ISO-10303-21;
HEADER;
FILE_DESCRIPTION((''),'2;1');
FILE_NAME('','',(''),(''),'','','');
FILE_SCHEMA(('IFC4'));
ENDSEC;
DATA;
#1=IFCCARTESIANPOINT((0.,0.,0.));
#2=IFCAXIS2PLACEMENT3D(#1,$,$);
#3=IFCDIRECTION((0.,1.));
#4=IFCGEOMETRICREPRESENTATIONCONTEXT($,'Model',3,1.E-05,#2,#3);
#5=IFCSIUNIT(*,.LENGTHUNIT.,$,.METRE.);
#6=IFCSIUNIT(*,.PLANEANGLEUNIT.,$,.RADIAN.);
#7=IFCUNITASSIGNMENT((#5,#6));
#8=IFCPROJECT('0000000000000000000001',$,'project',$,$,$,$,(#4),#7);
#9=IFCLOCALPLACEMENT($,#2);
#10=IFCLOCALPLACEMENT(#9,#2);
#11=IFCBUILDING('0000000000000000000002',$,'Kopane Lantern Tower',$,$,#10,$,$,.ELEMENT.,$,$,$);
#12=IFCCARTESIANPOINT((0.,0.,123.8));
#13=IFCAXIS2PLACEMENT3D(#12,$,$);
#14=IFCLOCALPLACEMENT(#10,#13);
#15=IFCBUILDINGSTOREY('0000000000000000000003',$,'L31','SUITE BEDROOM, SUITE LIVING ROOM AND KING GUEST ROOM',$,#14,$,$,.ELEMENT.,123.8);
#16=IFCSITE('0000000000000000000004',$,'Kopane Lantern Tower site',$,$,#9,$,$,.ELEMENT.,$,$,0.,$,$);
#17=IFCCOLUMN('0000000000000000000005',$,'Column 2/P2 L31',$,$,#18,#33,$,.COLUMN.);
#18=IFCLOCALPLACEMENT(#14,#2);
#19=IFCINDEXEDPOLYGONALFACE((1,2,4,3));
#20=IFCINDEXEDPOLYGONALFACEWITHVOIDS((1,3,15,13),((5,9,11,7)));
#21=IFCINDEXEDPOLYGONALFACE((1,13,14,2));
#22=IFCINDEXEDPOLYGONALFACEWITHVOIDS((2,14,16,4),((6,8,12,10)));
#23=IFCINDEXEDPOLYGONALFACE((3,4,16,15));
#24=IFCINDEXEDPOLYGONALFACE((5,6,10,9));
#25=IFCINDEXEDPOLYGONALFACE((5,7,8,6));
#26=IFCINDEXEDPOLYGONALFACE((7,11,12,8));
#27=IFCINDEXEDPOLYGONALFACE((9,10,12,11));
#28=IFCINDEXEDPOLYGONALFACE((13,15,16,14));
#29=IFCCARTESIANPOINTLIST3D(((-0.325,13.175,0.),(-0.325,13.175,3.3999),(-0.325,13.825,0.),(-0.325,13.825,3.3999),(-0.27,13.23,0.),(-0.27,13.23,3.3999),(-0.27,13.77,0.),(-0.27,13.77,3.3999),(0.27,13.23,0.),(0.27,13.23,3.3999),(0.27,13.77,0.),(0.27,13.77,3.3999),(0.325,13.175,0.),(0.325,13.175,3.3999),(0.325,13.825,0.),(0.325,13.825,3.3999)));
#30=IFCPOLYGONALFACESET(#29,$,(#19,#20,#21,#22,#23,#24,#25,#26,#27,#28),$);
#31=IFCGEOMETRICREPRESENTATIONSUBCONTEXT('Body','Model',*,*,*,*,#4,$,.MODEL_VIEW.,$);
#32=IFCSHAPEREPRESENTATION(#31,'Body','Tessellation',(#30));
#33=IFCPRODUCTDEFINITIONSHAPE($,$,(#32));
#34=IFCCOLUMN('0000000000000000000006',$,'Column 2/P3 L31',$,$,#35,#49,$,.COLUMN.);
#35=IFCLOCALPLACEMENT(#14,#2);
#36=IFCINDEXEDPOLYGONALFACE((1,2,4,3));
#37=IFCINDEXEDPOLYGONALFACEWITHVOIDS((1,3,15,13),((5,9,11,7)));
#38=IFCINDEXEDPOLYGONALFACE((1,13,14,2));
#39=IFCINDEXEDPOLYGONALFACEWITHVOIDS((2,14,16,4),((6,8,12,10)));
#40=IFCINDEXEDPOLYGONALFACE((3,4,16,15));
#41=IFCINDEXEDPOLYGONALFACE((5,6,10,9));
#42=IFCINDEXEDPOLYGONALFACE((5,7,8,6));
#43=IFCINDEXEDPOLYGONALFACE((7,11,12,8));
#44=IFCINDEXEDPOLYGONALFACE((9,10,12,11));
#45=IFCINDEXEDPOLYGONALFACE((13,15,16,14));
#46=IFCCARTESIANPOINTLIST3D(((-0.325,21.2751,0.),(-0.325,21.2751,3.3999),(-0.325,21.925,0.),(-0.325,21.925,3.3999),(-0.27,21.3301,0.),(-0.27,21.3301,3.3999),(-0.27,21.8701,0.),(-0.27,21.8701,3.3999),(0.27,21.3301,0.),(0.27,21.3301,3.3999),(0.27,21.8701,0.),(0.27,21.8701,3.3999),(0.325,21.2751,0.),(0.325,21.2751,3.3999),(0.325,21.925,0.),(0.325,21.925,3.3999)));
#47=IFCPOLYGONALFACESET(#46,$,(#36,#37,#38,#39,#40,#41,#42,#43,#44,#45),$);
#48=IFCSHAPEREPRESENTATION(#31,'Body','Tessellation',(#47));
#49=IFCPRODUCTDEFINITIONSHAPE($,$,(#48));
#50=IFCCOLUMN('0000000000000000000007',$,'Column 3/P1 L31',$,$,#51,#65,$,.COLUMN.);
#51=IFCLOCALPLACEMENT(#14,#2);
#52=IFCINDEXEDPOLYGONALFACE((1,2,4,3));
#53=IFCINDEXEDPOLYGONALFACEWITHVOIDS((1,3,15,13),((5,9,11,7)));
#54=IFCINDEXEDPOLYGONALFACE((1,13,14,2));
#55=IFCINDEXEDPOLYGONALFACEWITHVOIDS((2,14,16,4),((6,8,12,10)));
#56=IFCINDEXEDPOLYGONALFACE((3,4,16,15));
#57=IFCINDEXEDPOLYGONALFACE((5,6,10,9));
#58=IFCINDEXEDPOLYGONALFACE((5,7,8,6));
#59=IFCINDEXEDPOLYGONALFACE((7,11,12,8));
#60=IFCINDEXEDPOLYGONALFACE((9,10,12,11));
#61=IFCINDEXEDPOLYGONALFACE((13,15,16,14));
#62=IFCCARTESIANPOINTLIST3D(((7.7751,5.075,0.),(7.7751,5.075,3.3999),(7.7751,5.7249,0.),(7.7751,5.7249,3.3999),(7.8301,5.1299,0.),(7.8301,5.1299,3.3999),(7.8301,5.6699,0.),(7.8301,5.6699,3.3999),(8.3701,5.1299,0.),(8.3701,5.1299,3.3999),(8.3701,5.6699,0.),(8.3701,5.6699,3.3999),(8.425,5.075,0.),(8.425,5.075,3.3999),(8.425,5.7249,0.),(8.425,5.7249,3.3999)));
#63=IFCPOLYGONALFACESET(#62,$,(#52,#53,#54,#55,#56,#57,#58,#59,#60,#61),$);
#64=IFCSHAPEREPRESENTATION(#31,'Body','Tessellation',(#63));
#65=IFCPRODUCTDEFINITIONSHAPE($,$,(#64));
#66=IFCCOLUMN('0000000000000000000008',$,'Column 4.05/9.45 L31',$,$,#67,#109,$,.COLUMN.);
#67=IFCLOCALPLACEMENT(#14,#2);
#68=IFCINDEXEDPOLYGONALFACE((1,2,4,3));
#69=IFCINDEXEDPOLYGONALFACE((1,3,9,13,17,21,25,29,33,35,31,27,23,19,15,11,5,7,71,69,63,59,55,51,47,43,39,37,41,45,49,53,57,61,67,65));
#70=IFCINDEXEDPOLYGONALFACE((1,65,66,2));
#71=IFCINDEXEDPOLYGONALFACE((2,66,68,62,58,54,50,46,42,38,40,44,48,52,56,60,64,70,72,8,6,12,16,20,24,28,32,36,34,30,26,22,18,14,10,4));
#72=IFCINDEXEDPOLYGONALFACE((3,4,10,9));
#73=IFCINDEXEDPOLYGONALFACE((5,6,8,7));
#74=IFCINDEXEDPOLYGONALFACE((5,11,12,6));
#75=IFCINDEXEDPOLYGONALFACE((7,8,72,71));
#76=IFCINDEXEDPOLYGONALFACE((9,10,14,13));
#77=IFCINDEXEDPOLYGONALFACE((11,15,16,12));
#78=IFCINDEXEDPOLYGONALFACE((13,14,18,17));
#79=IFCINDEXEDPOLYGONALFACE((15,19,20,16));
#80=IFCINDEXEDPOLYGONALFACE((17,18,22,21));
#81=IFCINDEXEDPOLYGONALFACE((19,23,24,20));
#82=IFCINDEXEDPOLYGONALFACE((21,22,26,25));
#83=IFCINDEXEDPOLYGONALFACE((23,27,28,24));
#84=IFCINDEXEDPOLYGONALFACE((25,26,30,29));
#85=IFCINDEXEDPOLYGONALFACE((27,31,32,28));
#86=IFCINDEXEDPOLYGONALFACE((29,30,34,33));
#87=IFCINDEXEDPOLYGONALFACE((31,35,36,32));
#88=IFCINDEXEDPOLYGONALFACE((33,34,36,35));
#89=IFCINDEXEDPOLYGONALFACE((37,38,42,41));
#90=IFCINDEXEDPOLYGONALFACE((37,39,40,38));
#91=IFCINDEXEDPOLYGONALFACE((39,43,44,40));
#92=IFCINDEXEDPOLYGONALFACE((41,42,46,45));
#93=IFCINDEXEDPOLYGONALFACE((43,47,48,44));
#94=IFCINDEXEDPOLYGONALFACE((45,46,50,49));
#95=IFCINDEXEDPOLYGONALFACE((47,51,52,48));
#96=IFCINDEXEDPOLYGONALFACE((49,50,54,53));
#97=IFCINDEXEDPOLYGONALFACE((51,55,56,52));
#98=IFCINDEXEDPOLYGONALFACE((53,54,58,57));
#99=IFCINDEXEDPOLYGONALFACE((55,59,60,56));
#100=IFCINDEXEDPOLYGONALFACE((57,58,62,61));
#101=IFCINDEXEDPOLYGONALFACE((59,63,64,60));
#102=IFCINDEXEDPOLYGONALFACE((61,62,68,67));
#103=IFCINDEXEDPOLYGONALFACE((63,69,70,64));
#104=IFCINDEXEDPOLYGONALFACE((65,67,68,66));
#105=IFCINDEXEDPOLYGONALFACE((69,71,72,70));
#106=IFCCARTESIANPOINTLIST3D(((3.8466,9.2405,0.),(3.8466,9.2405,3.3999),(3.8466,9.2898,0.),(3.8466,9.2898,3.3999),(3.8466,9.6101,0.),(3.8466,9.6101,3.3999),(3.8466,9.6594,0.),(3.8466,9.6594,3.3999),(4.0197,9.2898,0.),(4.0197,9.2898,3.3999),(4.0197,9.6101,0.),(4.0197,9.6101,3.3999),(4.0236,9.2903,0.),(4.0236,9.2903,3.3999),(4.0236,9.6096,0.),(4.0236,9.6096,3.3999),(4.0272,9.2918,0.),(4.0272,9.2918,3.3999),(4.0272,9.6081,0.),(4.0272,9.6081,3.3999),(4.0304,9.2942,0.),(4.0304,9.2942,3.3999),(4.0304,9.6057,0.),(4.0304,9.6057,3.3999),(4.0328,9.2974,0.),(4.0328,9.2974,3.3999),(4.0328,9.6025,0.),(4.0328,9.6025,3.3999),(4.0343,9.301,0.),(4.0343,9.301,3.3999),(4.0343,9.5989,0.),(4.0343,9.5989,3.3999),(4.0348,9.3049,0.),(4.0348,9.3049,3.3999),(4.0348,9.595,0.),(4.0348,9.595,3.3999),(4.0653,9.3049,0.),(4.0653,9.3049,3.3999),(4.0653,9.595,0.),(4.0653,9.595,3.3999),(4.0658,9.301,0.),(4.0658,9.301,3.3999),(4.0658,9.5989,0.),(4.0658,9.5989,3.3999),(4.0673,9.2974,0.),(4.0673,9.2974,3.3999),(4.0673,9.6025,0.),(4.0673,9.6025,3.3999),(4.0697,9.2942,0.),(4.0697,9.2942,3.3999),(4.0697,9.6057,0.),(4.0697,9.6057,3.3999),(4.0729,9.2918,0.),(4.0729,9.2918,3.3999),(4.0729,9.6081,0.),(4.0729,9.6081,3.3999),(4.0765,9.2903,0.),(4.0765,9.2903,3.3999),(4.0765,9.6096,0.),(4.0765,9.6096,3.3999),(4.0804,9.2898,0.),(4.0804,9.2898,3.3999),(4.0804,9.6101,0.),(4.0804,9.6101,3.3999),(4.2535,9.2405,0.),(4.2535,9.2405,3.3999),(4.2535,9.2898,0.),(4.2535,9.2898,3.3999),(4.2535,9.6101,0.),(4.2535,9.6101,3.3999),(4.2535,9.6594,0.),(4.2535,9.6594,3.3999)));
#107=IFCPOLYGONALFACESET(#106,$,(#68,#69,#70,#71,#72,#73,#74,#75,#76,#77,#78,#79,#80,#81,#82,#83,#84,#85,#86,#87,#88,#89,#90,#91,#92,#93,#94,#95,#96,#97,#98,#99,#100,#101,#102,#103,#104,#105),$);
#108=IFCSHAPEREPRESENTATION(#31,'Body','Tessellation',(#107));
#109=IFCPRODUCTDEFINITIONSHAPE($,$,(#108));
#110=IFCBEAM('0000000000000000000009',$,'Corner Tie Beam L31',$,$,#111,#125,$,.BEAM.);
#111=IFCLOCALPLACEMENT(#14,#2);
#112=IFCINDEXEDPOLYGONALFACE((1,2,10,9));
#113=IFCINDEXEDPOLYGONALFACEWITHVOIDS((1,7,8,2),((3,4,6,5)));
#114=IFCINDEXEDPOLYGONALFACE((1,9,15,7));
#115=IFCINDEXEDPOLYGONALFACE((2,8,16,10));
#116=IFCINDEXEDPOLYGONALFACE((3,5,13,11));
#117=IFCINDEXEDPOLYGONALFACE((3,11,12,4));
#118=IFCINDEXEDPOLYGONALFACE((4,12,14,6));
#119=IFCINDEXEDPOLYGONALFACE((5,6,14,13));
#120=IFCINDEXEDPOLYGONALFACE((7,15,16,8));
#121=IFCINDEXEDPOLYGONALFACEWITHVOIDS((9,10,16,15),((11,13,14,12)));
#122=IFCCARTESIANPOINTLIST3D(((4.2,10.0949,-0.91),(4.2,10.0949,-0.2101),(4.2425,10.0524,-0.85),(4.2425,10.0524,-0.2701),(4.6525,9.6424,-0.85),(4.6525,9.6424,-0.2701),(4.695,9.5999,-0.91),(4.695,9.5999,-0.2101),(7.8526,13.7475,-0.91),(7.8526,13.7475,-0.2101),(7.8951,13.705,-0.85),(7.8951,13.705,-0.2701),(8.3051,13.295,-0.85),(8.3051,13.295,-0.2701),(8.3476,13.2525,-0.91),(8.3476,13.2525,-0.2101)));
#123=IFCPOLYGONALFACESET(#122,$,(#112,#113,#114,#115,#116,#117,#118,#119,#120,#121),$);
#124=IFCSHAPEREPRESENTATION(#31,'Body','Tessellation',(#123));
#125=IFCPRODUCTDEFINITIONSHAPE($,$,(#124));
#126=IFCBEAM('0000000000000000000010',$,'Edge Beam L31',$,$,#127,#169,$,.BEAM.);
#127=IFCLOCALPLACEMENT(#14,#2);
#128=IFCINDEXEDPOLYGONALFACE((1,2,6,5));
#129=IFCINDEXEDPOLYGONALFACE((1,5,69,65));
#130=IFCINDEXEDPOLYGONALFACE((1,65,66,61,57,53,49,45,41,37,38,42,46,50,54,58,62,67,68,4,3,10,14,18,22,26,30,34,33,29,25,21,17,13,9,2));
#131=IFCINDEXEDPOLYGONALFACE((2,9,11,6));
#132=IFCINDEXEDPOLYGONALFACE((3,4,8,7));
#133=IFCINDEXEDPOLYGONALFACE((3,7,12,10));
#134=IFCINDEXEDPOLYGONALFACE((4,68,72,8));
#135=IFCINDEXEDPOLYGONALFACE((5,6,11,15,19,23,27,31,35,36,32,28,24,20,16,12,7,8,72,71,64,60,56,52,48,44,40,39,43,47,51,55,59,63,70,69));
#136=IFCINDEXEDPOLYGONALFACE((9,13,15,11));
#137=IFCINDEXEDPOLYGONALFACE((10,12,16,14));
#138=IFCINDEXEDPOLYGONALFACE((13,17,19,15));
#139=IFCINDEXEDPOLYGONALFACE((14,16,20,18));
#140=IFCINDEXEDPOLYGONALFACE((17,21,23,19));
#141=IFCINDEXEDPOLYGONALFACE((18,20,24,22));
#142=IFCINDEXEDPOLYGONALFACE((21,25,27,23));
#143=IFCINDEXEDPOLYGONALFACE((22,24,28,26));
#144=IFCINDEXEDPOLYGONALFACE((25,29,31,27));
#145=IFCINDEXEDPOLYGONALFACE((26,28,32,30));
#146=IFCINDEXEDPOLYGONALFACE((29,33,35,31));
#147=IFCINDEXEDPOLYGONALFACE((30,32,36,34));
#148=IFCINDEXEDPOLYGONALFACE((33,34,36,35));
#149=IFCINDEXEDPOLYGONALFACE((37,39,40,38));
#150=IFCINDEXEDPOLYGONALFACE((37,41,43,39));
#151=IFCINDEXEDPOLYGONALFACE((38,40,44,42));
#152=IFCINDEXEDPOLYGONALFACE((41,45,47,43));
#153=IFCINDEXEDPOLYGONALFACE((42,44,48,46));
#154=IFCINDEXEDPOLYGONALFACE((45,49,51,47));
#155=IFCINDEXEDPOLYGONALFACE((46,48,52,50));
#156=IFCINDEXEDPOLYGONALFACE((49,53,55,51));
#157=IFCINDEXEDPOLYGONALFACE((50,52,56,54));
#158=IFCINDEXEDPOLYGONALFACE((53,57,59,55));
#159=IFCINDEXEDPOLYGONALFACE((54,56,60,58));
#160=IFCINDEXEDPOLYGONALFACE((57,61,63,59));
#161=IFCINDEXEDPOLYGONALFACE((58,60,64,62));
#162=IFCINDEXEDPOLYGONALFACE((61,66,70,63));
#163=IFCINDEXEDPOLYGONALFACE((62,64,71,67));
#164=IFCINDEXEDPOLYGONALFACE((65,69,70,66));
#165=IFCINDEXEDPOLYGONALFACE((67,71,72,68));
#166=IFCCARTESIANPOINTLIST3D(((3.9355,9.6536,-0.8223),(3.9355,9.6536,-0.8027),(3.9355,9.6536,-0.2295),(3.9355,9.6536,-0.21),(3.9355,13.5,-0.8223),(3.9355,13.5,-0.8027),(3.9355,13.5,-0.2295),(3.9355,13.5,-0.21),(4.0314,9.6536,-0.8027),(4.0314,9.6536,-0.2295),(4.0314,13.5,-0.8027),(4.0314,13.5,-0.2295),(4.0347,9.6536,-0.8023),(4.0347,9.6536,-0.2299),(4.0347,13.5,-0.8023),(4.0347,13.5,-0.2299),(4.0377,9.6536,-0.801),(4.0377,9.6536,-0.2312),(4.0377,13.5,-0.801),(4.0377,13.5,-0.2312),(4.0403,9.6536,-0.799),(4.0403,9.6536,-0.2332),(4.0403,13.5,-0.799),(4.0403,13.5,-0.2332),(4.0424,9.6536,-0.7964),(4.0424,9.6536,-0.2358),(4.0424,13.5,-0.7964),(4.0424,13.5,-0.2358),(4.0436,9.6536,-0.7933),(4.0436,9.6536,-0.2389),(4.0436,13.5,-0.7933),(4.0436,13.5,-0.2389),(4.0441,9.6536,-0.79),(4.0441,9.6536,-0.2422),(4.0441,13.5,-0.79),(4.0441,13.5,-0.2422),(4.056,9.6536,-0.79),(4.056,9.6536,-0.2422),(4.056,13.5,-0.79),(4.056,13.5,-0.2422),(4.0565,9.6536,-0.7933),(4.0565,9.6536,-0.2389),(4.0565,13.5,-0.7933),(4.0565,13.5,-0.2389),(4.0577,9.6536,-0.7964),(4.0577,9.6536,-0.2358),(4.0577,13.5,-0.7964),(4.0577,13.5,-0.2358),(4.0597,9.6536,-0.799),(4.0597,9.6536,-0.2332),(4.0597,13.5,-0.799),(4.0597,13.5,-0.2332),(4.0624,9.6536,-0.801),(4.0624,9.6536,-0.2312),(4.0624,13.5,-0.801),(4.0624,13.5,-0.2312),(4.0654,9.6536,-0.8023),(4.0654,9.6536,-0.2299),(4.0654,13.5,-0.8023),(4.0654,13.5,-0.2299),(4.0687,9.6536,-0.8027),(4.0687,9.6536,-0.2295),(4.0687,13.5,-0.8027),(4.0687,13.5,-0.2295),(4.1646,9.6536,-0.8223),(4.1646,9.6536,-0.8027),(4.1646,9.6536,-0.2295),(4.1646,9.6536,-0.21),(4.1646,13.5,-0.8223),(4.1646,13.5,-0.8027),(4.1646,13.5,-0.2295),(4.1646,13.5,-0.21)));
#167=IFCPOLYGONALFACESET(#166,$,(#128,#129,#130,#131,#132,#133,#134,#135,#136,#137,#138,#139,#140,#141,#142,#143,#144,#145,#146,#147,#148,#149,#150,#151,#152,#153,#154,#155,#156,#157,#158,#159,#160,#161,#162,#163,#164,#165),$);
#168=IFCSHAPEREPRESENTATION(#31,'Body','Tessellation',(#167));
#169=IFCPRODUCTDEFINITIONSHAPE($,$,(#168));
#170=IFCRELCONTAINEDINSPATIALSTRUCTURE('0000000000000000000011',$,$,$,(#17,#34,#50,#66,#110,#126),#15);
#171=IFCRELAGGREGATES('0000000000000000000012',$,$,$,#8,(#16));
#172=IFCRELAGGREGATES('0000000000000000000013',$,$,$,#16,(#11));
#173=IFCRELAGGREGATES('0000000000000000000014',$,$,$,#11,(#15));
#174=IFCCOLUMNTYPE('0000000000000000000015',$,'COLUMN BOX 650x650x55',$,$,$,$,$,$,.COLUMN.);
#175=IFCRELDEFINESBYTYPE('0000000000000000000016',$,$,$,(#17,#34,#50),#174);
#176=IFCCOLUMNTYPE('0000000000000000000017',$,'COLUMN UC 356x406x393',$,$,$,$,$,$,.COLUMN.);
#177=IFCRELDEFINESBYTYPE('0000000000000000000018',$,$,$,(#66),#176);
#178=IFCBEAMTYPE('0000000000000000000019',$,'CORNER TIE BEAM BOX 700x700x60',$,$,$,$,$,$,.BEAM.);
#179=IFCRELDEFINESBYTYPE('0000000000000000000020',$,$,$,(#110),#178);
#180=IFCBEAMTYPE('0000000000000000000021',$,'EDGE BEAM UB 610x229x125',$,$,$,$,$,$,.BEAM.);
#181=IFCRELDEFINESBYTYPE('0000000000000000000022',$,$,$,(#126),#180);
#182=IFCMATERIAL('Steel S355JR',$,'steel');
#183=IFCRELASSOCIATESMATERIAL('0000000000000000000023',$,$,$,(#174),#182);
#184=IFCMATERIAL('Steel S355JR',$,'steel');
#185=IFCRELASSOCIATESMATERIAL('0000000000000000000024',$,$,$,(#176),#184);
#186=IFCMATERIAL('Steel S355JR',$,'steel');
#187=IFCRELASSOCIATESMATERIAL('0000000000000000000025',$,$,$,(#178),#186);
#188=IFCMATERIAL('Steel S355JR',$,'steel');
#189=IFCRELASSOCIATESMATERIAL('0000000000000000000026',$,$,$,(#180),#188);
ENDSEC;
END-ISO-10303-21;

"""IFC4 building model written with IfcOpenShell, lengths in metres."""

from ifc_helpers import new_model, si_unit, direction, frame, origin, origin_2d, place, context, subcontext, project, spatial, hollow_rectangle, i_section, extrude, material, material_profile, profile_set, type_object, element, save


model = new_model("IFC4")

# Units and contexts
model_context = context("Model", 3, precision=1e-05, world=origin(), true_north=direction((0.0, 1.0)))
body_context = subcontext(model_context, "Body", "Model", "MODEL_VIEW")
ifc_project = project(units=[si_unit("LENGTHUNIT", "METRE"), si_unit("PLANEANGLEUNIT", "RADIAN")], contexts=[model_context])

# Site, building, storey
site_placement = place(None, origin())
site = spatial("IfcSite", under=ifc_project, at=site_placement, Name="Kopane Lantern Tower site", CompositionType="ELEMENT", RefElevation=0.0)
building_placement = place(site_placement, origin())
building = spatial("IfcBuilding", under=site, at=building_placement, Name="Kopane Lantern Tower", CompositionType="ELEMENT")
storey_placement = place(building_placement, frame((0.0, 0.0, 123.8)))
storey = spatial("IfcBuildingStorey", under=building, at=storey_placement, Name="L31", Description="SUITE BEDROOM, SUITE LIVING ROOM AND KING GUEST ROOM", CompositionType="ELEMENT", Elevation=123.8)

# Columns
ifc_material_1 = material(Name="Steel S355JR", Category="steel")
ifc_material_profile_1 = material_profile(ifc_material_1, hollow_rectangle(XDim=0.6499, YDim=0.6499, WallThickness=0.0549, at=origin_2d()), Name="BOX 650x650x55")
ifc_profile_set_1 = profile_set([ifc_material_profile_1], Name="Steel S355JR")
column_type_1 = type_object("IfcColumnType", Name="COLUMN BOX 650x650x55", PredefinedType="COLUMN", material=ifc_profile_set_1)
for number, where, z_axis, x_axis, name in (
    (1, (0.0, 13.5, 0.0), (0.0, 0.0, 1.0), (1.0, 0.0, 0.0), "Column 2/P2 L31"),
    (2, (0.0, 21.6001, 0.0), (0.0, 0.0, 1.0), (1.0, 0.0, 0.0), "Column 2/P3 L31"),
    (3, (8.1001, 5.3999, 0.0), (0.0, 0.0, 1.0), (1.0, 0.0, 0.0), "Column 3/P1 L31"),
):
    element("IfcColumn", number, at=place(storey_placement, frame(where, z_axis=z_axis, x_axis=x_axis)), inside=storey, type_object=column_type_1, Name=name, PredefinedType="COLUMN", context=body_context, shape_type="SweptSolid", body=[
        extrude(hollow_rectangle(XDim=0.6499, YDim=0.6499, WallThickness=0.0549, at=origin_2d()), origin(), (0.0, 0.0, 1.0), 3.3999),
    ])
ifc_material_2 = material(Name="Steel S355JR", Category="steel")
ifc_material_profile_2 = material_profile(ifc_material_2, i_section(OverallWidth=0.407, OverallDepth=0.4189, WebThickness=0.0305, FlangeThickness=0.0493, FilletRadius=0.0151, at=origin_2d()), Name="UC 356x406x393")
ifc_profile_set_2 = profile_set([ifc_material_profile_2], Name="Steel S355JR")
column_type_2 = type_object("IfcColumnType", Name="COLUMN UC 356x406x393", PredefinedType="COLUMN", material=ifc_profile_set_2)
column_placement = place(storey_placement, frame((4.05, 9.45, 0.0), z_axis=(0.0, 0.0, 1.0), x_axis=(1.0, 0.0, 0.0)))
element("IfcColumn", 4, at=column_placement, inside=storey, type_object=column_type_2, Name="Column 4.05/9.45 L31", PredefinedType="COLUMN", context=body_context, shape_type="SweptSolid", body=[
    extrude(i_section(OverallWidth=0.407, OverallDepth=0.4189, WebThickness=0.0305, FlangeThickness=0.0493, FilletRadius=0.0151, at=origin_2d()), origin(), (0.0, 0.0, 1.0), 3.3999),
])

# Beams
ifc_material_3 = material(Name="Steel S355JR", Category="steel")
ifc_material_profile_3 = material_profile(ifc_material_3, hollow_rectangle(XDim=0.7, YDim=0.7, WallThickness=0.0601, at=origin_2d()), Name="BOX 700x700x60")
ifc_profile_set_3 = profile_set([ifc_material_profile_3], Name="Steel S355JR")
beam_type_1 = type_object("IfcBeamType", Name="CORNER TIE BEAM BOX 700x700x60", PredefinedType="BEAM", material=ifc_profile_set_3)
beam_1_placement = place(storey_placement, frame((4.4475, 9.8474, -0.5601), z_axis=(0.707107, 0.707107, 0.0), x_axis=(-0.707107, 0.707107, 0.0)))
element("IfcBeam", 5, at=beam_1_placement, inside=storey, type_object=beam_type_1, Name="Corner Tie Beam L31", PredefinedType="BEAM", context=body_context, shape_type="SweptSolid", body=[
    extrude(hollow_rectangle(XDim=0.7, YDim=0.7, WallThickness=0.0601, at=origin_2d()), origin(), (0.0, 0.0, 1.0), 5.1655),
])
ifc_material_4 = material(Name="Steel S355JR", Category="steel")
ifc_material_profile_4 = material_profile(ifc_material_4, i_section(OverallWidth=0.229, OverallDepth=0.6123, WebThickness=0.012, FlangeThickness=0.0195, FilletRadius=0.0127, at=origin_2d()), Name="UB 610x229x125")
ifc_profile_set_4 = profile_set([ifc_material_profile_4], Name="Steel S355JR")
beam_type_2 = type_object("IfcBeamType", Name="EDGE BEAM UB 610x229x125", PredefinedType="BEAM", material=ifc_profile_set_4)
beam_2_placement = place(storey_placement, frame((4.05, 9.6536, -0.5161), z_axis=(0.0, 1.0, 0.0), x_axis=(-1.0, 0.0, 0.0)))
element("IfcBeam", 6, at=beam_2_placement, inside=storey, type_object=beam_type_2, Name="Edge Beam L31", PredefinedType="BEAM", context=body_context, shape_type="SweptSolid", body=[
    extrude(i_section(OverallWidth=0.229, OverallDepth=0.6123, WebThickness=0.012, FlangeThickness=0.0195, FilletRadius=0.0127, at=origin_2d()), origin(), (0.0, 0.0, 1.0), 3.8464),
])

save(model, "model.ifc")
